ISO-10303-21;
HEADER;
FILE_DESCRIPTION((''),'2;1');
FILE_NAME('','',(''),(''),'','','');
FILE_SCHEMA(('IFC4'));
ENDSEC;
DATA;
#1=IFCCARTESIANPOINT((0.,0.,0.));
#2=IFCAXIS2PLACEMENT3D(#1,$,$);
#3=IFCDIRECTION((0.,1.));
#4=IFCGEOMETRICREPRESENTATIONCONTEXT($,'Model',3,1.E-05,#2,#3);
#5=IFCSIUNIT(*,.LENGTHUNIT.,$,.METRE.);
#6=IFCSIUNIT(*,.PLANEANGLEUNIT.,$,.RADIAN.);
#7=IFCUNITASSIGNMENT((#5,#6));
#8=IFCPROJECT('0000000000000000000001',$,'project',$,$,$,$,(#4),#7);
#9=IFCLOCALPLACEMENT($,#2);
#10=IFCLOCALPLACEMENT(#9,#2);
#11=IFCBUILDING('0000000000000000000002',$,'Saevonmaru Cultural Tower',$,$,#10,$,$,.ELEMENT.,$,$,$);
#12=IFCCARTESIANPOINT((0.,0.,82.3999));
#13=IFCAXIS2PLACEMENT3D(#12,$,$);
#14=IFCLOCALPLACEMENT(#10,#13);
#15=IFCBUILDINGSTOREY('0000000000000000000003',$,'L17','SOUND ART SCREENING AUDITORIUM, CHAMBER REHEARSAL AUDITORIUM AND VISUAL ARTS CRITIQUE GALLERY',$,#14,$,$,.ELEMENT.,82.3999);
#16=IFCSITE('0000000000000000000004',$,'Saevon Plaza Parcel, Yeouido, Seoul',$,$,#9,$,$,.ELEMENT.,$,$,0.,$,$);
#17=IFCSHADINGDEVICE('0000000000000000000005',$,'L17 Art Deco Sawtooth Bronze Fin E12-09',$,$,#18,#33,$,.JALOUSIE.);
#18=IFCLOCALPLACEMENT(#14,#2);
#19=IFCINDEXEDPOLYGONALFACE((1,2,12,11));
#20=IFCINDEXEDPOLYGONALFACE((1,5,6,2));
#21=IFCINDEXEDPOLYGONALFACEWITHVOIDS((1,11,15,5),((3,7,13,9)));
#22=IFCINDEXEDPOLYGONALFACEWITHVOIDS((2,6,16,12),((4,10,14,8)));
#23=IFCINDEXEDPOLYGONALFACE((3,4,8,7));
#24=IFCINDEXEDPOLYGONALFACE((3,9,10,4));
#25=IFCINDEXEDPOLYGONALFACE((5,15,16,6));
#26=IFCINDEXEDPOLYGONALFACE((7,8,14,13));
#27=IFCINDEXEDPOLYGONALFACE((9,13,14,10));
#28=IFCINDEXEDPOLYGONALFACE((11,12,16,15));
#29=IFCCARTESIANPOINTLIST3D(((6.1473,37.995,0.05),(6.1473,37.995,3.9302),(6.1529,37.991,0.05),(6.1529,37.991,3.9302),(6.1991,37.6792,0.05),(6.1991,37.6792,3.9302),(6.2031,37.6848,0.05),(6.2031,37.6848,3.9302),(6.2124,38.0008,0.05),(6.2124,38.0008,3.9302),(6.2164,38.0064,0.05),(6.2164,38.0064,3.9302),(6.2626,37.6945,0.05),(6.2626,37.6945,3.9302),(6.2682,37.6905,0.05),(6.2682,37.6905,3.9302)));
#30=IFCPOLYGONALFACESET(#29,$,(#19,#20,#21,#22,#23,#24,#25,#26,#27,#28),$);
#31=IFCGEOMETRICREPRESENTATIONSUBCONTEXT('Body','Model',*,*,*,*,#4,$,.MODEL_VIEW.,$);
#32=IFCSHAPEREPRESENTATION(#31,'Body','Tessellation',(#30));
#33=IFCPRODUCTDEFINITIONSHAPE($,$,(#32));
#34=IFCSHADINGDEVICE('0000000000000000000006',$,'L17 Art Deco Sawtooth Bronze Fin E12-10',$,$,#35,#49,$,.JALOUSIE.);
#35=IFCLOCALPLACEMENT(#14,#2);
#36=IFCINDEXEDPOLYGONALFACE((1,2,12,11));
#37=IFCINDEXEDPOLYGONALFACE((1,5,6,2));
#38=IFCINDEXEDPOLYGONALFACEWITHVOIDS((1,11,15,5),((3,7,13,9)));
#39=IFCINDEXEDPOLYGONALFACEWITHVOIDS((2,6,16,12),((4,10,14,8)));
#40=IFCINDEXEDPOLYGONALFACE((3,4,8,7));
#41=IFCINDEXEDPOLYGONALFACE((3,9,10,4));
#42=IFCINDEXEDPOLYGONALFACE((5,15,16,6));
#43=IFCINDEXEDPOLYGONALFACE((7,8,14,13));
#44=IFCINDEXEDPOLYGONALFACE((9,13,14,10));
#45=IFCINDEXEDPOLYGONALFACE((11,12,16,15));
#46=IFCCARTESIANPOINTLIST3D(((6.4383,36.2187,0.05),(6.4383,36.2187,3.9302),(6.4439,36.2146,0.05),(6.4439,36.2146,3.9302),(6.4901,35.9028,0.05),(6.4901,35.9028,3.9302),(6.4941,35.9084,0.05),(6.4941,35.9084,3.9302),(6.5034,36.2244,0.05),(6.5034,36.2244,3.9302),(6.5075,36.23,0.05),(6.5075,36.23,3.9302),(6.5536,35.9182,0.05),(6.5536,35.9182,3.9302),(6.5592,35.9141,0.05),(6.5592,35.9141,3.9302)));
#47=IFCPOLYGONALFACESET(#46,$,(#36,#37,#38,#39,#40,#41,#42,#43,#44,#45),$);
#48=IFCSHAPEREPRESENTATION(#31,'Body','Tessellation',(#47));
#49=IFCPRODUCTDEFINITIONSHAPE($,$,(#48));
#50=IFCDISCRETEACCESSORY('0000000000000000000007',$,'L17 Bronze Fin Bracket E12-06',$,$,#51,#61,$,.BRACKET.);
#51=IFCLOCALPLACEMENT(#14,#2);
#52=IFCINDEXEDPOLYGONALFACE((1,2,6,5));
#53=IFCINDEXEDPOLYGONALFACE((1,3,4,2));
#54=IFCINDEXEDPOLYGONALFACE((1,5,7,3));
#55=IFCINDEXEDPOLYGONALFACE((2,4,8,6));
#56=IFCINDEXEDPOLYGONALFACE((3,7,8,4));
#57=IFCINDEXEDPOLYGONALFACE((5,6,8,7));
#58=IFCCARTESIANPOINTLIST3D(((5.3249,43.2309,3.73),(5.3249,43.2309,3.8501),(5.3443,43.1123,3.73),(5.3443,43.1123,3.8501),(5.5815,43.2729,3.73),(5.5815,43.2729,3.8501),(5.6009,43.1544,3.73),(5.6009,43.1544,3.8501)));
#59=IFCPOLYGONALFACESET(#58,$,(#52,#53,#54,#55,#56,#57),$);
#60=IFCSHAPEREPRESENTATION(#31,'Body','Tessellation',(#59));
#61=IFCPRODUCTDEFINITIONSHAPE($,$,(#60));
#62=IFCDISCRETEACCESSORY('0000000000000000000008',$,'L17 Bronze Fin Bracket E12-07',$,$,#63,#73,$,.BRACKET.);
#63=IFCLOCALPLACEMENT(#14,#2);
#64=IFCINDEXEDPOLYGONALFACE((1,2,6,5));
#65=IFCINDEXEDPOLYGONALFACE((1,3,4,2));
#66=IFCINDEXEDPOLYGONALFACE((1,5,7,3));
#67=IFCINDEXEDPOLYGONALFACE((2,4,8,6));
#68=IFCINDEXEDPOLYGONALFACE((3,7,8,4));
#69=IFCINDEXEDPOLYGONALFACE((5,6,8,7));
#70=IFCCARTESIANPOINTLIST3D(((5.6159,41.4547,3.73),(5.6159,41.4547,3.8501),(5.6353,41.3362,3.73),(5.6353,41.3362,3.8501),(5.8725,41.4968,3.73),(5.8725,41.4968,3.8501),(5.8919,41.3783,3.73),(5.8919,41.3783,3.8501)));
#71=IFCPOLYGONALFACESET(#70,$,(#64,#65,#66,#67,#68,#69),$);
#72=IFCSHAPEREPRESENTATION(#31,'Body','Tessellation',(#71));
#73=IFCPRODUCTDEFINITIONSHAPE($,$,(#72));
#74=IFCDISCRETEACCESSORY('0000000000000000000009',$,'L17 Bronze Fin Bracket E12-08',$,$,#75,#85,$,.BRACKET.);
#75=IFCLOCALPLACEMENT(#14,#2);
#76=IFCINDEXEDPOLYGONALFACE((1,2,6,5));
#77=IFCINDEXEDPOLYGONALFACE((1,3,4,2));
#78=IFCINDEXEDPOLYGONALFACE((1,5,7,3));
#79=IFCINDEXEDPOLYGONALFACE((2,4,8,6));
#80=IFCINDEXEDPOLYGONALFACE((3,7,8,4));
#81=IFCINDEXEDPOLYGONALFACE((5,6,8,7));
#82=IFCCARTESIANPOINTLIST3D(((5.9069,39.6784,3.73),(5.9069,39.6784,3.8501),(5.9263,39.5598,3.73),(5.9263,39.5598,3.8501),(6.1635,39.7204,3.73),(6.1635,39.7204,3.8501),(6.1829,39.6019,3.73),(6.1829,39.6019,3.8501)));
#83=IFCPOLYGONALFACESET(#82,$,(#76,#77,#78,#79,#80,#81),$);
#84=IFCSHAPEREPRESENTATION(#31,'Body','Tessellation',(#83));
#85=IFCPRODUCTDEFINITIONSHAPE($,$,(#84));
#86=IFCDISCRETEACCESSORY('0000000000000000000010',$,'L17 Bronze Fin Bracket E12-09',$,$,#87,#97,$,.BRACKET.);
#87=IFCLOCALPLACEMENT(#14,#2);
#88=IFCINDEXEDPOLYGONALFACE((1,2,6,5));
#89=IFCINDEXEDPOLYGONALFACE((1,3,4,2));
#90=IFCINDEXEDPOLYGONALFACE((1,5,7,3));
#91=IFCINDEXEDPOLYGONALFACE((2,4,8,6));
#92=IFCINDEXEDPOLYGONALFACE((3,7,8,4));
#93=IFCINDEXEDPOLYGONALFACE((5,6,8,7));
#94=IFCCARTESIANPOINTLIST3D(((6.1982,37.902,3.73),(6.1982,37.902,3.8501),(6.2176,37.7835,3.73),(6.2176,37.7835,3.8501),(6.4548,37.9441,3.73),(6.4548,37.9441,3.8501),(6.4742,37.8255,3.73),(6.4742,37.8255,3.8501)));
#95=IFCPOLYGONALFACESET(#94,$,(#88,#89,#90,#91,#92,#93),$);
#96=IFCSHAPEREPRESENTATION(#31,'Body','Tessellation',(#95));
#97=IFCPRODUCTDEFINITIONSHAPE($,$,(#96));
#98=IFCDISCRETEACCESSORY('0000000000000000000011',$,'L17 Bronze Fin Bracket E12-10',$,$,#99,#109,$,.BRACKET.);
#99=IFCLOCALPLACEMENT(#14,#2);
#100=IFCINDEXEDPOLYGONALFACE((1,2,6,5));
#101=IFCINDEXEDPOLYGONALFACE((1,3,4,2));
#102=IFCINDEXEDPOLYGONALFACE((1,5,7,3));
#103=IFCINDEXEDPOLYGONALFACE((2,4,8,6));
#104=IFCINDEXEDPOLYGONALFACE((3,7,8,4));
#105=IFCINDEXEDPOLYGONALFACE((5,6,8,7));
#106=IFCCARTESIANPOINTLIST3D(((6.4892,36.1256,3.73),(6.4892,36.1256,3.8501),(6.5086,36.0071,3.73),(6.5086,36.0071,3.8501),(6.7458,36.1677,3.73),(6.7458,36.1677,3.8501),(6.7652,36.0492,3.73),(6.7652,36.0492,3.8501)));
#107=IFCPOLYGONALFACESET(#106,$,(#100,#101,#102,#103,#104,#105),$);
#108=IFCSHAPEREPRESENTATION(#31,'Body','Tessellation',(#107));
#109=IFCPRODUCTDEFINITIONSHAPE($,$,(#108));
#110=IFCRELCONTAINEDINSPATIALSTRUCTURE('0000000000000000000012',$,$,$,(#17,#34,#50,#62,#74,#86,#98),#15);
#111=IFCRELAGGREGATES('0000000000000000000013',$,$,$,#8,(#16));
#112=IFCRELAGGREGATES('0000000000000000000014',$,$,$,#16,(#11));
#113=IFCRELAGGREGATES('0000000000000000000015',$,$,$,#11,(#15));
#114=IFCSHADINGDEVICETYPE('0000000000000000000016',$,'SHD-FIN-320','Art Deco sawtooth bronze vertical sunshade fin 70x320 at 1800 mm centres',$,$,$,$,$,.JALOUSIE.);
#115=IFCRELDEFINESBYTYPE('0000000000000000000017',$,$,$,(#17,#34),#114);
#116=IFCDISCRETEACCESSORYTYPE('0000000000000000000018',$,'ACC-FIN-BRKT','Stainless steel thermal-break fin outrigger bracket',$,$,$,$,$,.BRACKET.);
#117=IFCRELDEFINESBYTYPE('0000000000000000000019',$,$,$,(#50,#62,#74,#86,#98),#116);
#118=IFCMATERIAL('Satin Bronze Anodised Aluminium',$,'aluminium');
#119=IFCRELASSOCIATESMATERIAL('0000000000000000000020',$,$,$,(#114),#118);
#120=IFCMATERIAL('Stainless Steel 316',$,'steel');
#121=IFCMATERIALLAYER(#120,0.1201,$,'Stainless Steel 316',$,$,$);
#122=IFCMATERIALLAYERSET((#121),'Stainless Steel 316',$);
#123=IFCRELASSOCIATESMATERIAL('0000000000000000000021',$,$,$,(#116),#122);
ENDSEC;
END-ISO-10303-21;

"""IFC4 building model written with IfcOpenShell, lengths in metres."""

from ifc_helpers import new_model, si_unit, direction, frame, origin, origin_2d, place, context, subcontext, project, spatial, rectangle, hollow_rectangle, extrude, material, layer, layer_set, material_profile, profile_set, type_object, element, save


model = new_model("IFC4")

# Units and contexts
model_context = context("Model", 3, precision=1e-05, world=origin(), true_north=direction((0.0, 1.0)))
body_context = subcontext(model_context, "Body", "Model", "MODEL_VIEW")
ifc_project = project(units=[si_unit("LENGTHUNIT", "METRE"), si_unit("PLANEANGLEUNIT", "RADIAN")], contexts=[model_context])

# Site, building, storey
site_placement = place(None, origin())
site = spatial("IfcSite", under=ifc_project, at=site_placement, Name="Saevon Plaza Parcel, Yeouido, Seoul", CompositionType="ELEMENT", RefElevation=0.0)
building_placement = place(site_placement, origin())
building = spatial("IfcBuilding", under=site, at=building_placement, Name="Saevonmaru Cultural Tower", CompositionType="ELEMENT")
storey_placement = place(building_placement, frame((0.0, 0.0, 82.3999)))
storey = spatial("IfcBuildingStorey", under=building, at=storey_placement, Name="L17", Description="SOUND ART SCREENING AUDITORIUM, CHAMBER REHEARSAL AUDITORIUM AND VISUAL ARTS CRITIQUE GALLERY", CompositionType="ELEMENT", Elevation=82.3999)

# Shared definitions
ifc_material_1 = material(Name="Satin Bronze Anodised Aluminium", Category="aluminium")

# Shading devices
ifc_material_profile_1 = material_profile(ifc_material_1, hollow_rectangle(XDim=0.0701, YDim=0.3201, WallThickness=0.0049, at=origin_2d()), Name="FIN-320x70")
ifc_profile_set_1 = profile_set([ifc_material_profile_1], Name="Satin Bronze Anodised Aluminium")
shading_device_type = type_object("IfcShadingDeviceType", Name="SHD-FIN-320", Description="Art Deco sawtooth bronze vertical sunshade fin 70x320 at 1800 mm centres", PredefinedType="JALOUSIE", material=ifc_profile_set_1)
for number, where, z_axis, x_axis, name in (
    (1, (6.2078, 37.8428, 0.05), (0.0, 0.0, 1.0), (-0.986827, -0.161776, 0.0), "L17 Art Deco Sawtooth Bronze Fin E12-09"),
    (2, (6.4988, 36.0664, 0.05), (0.0, 0.0, 1.0), (-0.986827, -0.161776, 0.0), "L17 Art Deco Sawtooth Bronze Fin E12-10"),
):
    element("IfcShadingDevice", number, at=place(storey_placement, frame(where, z_axis=z_axis, x_axis=x_axis)), inside=storey, type_object=shading_device_type, Name=name, PredefinedType="JALOUSIE", context=body_context, shape_type="SweptSolid", body=[
        extrude(hollow_rectangle(XDim=0.0701, YDim=0.3201, WallThickness=0.0049, at=origin_2d()), origin(), (0.0, 0.0, 1.0), 3.8801),
    ])

# Discrete accessories
ifc_material_2 = material(Name="Stainless Steel 316", Category="steel")
ifc_layer_1 = layer(ifc_material_2, 0.1201, Name="Stainless Steel 316")
ifc_layer_set_1 = layer_set([ifc_layer_1], Name="Stainless Steel 316")
discrete_accessory_type = type_object("IfcDiscreteAccessoryType", Name="ACC-FIN-BRKT", Description="Stainless steel thermal-break fin outrigger bracket", PredefinedType="BRACKET", material=ifc_layer_set_1)
for number, where, z_axis, x_axis, name in (
    (3, (5.4629, 43.1926, 3.73), (0.0, 0.0, 1.0), (-0.986827, -0.161776, 0.0), "L17 Bronze Fin Bracket E12-06"),
    (4, (5.7539, 41.4165, 3.73), (0.0, 0.0, 1.0), (-0.986827, -0.161776, 0.0), "L17 Bronze Fin Bracket E12-07"),
    (5, (6.0449, 39.6401, 3.73), (0.0, 0.0, 1.0), (-0.986827, -0.161776, 0.0), "L17 Bronze Fin Bracket E12-08"),
    (6, (6.3362, 37.8638, 3.73), (0.0, 0.0, 1.0), (-0.986827, -0.161776, 0.0), "L17 Bronze Fin Bracket E12-09"),
    (7, (6.6272, 36.0874, 3.73), (0.0, 0.0, 1.0), (-0.986827, -0.161776, 0.0), "L17 Bronze Fin Bracket E12-10"),
):
    element("IfcDiscreteAccessory", number, at=place(storey_placement, frame(where, z_axis=z_axis, x_axis=x_axis)), inside=storey, type_object=discrete_accessory_type, Name=name, PredefinedType="BRACKET", context=body_context, shape_type="SweptSolid", body=[
        extrude(rectangle(XDim=0.26, YDim=0.1201, at=origin_2d()), origin(), (0.0, 0.0, 1.0), 0.1201),
    ])

save(model, "model.ifc")
